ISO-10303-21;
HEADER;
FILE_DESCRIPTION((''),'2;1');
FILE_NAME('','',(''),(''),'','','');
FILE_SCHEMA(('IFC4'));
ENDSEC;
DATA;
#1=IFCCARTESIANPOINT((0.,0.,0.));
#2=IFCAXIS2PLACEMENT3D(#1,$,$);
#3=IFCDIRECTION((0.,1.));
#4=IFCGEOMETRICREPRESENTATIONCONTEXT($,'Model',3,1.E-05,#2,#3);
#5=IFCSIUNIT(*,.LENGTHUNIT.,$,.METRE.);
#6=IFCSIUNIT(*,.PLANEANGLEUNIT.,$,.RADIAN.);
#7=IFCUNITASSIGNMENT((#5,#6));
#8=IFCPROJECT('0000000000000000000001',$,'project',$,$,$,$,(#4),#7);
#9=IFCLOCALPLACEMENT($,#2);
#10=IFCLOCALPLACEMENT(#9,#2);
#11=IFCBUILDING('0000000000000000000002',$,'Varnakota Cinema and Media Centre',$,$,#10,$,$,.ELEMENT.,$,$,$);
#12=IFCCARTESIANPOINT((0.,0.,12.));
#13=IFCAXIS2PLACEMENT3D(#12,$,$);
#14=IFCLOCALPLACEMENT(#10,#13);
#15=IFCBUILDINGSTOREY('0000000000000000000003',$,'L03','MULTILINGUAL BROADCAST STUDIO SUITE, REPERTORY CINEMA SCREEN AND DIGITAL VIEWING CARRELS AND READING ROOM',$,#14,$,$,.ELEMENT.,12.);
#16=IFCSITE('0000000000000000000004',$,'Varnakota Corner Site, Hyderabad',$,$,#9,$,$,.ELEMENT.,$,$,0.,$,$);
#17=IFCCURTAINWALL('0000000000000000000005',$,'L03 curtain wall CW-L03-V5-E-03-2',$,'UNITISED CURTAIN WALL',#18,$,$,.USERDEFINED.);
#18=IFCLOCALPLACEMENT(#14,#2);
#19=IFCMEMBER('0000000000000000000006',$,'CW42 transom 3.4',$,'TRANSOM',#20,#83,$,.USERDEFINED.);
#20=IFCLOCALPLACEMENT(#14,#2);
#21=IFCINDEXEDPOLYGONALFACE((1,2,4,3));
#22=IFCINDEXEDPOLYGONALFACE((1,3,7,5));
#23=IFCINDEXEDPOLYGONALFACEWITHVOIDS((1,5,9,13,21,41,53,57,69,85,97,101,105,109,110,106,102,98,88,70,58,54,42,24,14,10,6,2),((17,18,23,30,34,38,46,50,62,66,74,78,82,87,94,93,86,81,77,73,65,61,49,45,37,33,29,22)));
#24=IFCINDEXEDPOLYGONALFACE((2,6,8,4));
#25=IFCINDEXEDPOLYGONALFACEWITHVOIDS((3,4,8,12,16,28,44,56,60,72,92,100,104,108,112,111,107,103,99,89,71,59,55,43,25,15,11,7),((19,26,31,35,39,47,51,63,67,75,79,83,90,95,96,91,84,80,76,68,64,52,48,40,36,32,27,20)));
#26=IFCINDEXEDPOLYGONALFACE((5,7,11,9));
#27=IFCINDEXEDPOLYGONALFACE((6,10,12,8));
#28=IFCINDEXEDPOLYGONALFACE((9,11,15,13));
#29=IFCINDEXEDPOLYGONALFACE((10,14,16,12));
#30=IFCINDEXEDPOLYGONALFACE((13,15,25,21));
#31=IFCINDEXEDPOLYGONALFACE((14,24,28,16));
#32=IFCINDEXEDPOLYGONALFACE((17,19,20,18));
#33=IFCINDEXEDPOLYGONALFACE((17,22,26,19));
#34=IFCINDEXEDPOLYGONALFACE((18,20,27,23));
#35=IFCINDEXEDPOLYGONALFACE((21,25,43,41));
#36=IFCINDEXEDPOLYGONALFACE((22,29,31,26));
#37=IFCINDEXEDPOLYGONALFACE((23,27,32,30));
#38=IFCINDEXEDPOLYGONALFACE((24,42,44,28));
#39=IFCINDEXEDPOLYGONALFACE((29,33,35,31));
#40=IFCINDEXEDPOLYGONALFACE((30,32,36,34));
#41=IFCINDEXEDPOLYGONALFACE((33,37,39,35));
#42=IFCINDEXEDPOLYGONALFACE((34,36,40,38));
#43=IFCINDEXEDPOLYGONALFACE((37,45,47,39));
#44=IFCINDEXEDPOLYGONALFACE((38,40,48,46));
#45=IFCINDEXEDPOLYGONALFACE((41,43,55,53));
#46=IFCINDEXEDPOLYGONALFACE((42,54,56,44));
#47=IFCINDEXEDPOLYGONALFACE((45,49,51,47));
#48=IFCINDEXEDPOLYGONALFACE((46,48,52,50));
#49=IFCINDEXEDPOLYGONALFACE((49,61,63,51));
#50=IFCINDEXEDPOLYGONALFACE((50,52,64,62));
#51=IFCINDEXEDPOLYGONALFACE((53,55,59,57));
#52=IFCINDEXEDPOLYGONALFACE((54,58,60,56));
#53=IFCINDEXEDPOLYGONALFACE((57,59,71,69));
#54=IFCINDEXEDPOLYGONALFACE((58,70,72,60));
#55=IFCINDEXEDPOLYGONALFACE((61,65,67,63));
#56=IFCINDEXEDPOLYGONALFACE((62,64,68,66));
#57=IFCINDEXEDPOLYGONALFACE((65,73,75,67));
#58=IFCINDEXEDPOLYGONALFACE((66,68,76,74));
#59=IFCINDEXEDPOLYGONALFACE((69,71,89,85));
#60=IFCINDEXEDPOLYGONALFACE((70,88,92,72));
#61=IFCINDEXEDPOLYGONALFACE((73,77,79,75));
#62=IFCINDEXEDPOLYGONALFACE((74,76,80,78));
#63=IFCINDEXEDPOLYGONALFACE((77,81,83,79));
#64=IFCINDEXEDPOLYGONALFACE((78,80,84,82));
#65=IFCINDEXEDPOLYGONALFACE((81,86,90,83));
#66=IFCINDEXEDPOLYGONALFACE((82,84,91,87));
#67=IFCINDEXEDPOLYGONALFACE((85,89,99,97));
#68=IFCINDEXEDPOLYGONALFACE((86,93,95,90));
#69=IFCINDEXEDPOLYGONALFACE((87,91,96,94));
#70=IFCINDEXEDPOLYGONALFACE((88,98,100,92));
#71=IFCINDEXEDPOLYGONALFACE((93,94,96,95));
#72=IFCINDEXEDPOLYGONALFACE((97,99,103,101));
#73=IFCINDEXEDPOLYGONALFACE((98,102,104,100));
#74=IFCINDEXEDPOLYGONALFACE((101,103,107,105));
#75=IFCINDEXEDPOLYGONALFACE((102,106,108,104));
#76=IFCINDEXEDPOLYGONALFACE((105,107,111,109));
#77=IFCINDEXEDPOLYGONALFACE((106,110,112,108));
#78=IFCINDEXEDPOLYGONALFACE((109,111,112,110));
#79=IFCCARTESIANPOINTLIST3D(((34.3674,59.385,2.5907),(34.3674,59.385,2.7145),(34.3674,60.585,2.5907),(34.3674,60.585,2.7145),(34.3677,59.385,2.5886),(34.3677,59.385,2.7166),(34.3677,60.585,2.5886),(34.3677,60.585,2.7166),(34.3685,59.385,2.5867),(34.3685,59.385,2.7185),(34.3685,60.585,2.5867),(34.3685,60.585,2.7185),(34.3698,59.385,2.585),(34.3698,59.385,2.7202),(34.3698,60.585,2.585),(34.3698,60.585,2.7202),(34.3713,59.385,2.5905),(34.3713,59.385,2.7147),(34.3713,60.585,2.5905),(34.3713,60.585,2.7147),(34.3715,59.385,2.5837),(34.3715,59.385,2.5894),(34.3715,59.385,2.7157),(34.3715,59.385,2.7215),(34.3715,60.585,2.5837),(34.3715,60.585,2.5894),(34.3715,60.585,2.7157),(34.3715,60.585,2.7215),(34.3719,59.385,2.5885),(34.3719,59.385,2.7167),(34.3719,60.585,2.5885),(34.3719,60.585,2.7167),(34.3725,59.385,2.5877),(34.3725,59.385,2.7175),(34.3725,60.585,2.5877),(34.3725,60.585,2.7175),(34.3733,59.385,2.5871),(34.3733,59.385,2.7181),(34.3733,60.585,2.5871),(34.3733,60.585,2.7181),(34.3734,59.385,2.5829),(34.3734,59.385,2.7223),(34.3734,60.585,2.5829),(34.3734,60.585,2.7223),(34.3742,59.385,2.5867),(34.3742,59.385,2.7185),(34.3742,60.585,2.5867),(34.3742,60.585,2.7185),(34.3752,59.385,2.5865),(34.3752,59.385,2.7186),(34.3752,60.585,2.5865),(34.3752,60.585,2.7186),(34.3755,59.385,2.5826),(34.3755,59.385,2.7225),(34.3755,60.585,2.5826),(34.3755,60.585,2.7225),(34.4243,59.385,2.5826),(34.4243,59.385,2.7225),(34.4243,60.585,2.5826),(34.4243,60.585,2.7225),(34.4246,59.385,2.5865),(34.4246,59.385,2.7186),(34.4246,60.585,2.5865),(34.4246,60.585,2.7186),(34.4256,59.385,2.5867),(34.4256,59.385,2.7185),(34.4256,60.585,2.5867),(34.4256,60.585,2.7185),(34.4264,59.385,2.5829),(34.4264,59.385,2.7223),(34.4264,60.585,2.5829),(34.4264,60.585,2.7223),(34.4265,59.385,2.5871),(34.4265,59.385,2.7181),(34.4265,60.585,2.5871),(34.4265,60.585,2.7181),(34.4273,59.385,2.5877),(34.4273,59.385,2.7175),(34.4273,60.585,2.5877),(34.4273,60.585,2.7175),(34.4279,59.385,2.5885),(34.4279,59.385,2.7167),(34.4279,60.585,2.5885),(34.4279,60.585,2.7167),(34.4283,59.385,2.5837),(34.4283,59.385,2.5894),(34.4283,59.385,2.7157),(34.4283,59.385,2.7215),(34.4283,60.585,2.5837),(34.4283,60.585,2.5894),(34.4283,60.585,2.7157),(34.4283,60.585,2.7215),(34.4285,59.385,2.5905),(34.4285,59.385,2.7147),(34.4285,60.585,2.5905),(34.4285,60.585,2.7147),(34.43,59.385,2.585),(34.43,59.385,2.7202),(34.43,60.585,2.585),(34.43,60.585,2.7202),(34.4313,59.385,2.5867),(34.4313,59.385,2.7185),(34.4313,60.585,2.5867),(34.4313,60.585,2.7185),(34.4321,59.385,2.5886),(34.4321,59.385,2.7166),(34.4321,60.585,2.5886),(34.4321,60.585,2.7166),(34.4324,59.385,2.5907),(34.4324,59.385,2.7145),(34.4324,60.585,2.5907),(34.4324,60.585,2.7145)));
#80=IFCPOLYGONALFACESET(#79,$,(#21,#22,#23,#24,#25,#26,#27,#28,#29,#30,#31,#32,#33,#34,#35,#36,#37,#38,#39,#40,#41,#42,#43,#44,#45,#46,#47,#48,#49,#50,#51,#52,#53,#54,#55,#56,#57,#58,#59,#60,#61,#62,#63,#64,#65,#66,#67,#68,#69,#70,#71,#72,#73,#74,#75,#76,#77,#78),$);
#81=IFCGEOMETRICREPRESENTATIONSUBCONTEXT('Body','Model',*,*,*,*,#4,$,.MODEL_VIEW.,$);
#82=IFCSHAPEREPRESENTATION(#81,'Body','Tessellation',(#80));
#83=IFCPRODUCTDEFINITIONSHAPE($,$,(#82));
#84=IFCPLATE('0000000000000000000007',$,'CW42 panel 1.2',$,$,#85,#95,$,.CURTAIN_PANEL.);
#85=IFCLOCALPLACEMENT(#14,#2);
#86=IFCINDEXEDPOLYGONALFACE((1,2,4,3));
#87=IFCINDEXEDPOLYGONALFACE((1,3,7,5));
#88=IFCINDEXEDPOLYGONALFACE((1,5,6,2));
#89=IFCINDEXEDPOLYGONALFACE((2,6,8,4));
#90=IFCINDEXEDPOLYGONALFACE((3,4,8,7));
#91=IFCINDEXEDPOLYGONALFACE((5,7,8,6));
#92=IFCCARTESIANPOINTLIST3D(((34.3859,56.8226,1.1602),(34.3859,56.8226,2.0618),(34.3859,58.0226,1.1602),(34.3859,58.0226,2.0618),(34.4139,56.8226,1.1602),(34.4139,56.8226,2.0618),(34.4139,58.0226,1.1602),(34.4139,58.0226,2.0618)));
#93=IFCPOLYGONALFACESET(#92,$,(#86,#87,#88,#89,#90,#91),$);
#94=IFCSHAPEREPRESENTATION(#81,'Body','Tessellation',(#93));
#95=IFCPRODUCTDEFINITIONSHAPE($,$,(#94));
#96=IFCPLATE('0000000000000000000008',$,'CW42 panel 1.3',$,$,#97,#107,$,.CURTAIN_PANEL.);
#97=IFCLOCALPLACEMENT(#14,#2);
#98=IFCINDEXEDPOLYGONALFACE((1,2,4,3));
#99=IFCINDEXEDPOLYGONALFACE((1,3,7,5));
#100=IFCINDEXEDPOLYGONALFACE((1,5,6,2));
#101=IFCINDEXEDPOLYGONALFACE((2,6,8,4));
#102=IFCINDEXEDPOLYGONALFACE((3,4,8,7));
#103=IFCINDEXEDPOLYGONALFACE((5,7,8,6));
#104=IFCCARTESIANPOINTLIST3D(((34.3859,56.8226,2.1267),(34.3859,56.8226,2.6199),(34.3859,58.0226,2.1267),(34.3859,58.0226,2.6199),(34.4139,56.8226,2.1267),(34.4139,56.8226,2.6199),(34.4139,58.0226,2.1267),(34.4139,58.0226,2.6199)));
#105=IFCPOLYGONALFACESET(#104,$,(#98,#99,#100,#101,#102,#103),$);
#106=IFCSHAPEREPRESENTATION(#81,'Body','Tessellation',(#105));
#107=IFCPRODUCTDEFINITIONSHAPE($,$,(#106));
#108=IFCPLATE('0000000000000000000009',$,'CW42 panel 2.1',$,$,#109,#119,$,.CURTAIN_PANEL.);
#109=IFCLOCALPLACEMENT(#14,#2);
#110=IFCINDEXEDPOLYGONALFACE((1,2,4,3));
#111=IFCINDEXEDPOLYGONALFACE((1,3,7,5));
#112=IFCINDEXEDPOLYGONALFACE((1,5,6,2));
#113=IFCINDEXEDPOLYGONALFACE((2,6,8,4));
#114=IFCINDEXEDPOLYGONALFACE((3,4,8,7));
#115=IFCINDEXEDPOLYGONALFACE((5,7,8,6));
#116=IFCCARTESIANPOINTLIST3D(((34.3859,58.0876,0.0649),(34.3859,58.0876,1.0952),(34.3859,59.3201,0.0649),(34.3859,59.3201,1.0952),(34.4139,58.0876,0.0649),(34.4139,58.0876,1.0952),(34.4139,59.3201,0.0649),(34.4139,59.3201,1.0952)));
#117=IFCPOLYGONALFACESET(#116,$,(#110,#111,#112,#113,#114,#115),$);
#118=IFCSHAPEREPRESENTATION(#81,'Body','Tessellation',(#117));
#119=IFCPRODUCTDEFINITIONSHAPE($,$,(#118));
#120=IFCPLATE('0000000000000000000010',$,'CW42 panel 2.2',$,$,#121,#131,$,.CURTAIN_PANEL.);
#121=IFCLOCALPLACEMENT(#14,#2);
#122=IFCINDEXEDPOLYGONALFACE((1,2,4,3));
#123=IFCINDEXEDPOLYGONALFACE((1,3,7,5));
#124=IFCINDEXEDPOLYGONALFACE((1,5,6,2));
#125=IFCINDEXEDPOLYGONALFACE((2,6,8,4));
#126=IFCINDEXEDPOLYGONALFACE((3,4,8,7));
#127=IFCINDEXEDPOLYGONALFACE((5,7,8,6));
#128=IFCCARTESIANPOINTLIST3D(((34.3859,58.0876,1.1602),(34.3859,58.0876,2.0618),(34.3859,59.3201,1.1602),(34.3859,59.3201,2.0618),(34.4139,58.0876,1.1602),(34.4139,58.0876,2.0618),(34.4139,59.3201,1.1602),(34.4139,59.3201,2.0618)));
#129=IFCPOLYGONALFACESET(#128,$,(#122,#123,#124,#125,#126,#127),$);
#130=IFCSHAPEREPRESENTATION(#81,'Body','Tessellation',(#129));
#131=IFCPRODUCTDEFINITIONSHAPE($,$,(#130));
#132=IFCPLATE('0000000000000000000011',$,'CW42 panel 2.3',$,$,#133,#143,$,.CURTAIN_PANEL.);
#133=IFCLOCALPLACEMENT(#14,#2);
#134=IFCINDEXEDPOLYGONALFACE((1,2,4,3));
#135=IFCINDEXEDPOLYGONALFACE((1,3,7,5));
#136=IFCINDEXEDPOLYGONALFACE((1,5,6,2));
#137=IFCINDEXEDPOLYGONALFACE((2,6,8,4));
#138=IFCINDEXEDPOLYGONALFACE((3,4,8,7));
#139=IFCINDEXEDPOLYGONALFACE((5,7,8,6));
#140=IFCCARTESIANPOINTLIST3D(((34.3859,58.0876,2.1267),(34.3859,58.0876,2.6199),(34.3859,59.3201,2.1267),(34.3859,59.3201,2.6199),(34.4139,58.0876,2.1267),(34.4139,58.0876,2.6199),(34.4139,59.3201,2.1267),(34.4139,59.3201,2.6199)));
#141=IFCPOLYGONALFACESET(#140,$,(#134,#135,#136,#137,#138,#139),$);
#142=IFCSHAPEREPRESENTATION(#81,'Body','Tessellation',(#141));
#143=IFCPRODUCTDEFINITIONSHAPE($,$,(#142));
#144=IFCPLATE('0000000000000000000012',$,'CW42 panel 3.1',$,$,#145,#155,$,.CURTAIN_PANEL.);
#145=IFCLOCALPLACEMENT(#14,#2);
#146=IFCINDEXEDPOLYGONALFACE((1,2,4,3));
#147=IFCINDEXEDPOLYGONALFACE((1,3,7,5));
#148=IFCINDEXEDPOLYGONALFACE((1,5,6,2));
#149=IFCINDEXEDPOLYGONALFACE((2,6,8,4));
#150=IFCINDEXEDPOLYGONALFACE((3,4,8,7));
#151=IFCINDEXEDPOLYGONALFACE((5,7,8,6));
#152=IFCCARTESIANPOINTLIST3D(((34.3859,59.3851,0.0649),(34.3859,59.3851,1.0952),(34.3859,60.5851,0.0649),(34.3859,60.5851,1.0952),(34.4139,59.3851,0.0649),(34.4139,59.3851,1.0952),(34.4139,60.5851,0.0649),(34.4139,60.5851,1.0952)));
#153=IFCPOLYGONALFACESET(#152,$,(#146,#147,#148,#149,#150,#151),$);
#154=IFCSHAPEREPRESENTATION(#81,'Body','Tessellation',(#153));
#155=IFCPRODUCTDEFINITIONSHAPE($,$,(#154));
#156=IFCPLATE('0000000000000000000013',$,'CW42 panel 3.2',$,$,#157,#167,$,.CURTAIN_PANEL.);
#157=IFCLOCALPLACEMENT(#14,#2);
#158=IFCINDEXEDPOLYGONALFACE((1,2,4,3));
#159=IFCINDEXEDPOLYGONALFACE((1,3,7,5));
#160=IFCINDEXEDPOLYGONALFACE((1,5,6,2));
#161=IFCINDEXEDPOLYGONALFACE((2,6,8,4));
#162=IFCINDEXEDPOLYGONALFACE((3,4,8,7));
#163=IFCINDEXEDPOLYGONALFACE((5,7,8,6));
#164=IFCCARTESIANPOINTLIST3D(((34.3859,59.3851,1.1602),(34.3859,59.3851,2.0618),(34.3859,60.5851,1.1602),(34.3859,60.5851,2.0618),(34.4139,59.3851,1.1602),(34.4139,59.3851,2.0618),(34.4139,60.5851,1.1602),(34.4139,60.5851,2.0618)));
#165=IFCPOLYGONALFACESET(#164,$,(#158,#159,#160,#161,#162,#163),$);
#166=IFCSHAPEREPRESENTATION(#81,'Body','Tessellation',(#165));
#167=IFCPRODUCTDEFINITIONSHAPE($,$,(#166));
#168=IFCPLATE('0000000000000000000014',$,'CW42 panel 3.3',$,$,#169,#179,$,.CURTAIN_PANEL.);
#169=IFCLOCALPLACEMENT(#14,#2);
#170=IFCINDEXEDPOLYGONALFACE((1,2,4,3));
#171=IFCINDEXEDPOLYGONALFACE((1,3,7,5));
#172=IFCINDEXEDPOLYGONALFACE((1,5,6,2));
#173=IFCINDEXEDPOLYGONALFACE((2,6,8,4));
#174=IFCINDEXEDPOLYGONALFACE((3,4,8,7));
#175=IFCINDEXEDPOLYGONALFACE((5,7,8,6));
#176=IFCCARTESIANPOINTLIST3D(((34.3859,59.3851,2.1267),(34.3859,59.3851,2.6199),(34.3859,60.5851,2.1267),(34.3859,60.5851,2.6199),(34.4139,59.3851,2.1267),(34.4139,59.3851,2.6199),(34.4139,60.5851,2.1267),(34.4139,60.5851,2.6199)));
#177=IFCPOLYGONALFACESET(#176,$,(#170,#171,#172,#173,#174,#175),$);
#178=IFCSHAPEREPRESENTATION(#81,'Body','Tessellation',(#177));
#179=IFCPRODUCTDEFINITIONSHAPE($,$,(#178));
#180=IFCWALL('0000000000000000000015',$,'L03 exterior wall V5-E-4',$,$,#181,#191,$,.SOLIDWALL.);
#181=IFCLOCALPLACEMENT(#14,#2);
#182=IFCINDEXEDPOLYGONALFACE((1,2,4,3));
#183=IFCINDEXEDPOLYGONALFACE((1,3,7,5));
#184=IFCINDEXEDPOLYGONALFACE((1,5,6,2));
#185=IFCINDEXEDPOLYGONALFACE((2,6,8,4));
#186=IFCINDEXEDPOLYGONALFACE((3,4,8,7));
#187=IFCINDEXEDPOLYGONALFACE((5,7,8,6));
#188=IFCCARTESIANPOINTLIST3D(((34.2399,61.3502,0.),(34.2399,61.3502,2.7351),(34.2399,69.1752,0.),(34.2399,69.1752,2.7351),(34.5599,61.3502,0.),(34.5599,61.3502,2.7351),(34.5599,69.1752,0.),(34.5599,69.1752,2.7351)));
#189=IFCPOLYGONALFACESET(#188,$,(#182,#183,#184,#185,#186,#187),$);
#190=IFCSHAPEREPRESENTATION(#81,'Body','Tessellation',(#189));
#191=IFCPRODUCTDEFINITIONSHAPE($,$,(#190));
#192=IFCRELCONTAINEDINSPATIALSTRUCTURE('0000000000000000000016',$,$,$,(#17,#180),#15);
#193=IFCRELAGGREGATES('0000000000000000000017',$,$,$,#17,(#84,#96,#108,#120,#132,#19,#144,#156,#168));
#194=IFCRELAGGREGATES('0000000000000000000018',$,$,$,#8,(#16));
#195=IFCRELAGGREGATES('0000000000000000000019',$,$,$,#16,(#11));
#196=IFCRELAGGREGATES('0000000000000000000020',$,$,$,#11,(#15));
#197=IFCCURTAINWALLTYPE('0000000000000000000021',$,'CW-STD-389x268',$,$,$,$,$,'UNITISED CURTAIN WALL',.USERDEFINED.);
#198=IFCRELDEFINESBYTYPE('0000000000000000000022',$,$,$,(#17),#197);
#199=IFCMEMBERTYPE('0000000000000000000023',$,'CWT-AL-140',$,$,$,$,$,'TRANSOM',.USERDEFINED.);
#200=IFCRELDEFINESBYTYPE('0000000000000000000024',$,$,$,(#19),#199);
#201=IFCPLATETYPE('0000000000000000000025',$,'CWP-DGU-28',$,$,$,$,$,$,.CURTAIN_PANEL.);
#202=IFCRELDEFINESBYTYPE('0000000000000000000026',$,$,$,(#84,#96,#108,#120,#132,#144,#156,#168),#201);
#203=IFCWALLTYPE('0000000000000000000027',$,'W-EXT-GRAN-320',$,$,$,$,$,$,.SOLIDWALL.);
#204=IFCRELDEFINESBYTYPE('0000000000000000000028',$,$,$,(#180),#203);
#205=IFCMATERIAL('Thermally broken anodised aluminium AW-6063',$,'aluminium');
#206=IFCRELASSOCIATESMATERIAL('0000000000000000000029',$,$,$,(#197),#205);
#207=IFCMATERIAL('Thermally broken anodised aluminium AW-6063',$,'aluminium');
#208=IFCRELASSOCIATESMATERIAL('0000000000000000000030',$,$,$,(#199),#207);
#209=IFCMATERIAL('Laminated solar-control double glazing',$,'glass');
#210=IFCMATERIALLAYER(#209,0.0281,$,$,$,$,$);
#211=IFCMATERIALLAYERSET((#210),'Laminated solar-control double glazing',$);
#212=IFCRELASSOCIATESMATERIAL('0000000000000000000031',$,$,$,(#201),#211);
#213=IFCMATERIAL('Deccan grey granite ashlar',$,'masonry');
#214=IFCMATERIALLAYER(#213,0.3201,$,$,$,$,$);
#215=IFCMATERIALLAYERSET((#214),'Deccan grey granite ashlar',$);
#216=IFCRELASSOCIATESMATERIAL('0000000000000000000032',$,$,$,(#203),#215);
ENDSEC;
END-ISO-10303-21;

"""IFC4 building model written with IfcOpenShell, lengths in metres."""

from ifc_helpers import new_model, si_unit, direction, frame, frame_2d, origin, origin_2d, place, context, subcontext, project, spatial, rectangle, hollow_rectangle, extrude, material, layer, layer_set, material_profile, profile_set, type_object, element, aggregate, save


model = new_model("IFC4")

# Units and contexts
model_context = context("Model", 3, precision=1e-05, world=origin(), true_north=direction((0.0, 1.0)))
body_context = subcontext(model_context, "Body", "Model", "MODEL_VIEW")
ifc_project = project(units=[si_unit("LENGTHUNIT", "METRE"), si_unit("PLANEANGLEUNIT", "RADIAN")], contexts=[model_context])

# Site, building, storey
site_placement = place(None, origin())
site = spatial("IfcSite", under=ifc_project, at=site_placement, Name="Varnakota Corner Site, Hyderabad", CompositionType="ELEMENT", RefElevation=0.0)
building_placement = place(site_placement, origin())
building = spatial("IfcBuilding", under=site, at=building_placement, Name="Varnakota Cinema and Media Centre", CompositionType="ELEMENT")
storey_placement = place(building_placement, frame((0.0, 0.0, 12.0)))
storey = spatial("IfcBuildingStorey", under=building, at=storey_placement, Name="L03", Description="MULTILINGUAL BROADCAST STUDIO SUITE, REPERTORY CINEMA SCREEN AND DIGITAL VIEWING CARRELS AND READING ROOM", CompositionType="ELEMENT", Elevation=12.0)

# Curtain wall
ifc_material_1 = material(Name="Thermally broken anodised aluminium AW-6063", Category="aluminium")
curtain_wall_type_1 = type_object("IfcCurtainWallType", Name="CW-STD-389x268", ElementType="UNITISED CURTAIN WALL", PredefinedType="USERDEFINED", material=ifc_material_1)
curtain_wall_1_placement = place(storey_placement, origin())
curtain_wall_1 = element("IfcCurtainWall", 1, at=curtain_wall_1_placement, inside=storey, type_object=curtain_wall_type_1, Name="L03 curtain wall CW-L03-V5-E-03-2", ObjectType="UNITISED CURTAIN WALL", PredefinedType="USERDEFINED")

# Member
ifc_material_2 = material(Name="Thermally broken anodised aluminium AW-6063", Category="aluminium")
ifc_material_profile_1 = material_profile(ifc_material_2, hollow_rectangle(XDim=0.0649, YDim=0.1399, WallThickness=0.0039, InnerFilletRadius=0.0039, OuterFilletRadius=0.0081, at=origin_2d()), Name="AL-TRANSOM 140x65x4")
ifc_profile_set_1 = profile_set([ifc_material_profile_1], Name="Thermally broken anodised aluminium AW-6063")
member_type_1 = type_object("IfcMemberType", Name="CWT-AL-140", ElementType="TRANSOM", PredefinedType="USERDEFINED", material=ifc_profile_set_1)
member_1_placement = place(storey_placement, frame((34.3999, 59.385, 2.6526), z_axis=(0.0, 1.0, 0.0), x_axis=(-1.0, 0.0, 0.0)))
member_1 = element("IfcMember", 2, at=member_1_placement, type_object=member_type_1, Name="CW42 transom 3.4", ObjectType="TRANSOM", PredefinedType="USERDEFINED", context=body_context, shape_type="SweptSolid", body=[
    extrude(hollow_rectangle(XDim=0.0649, YDim=0.1399, WallThickness=0.0039, InnerFilletRadius=0.0039, OuterFilletRadius=0.0081, at=origin_2d()), origin(), (0.0, 0.0, 1.0), 1.2),
])

# Plates
ifc_material_3 = material(Name="Laminated solar-control double glazing", Category="glass")
ifc_layer_1 = layer(ifc_material_3, 0.0281)
ifc_layer_set_1 = layer_set([ifc_layer_1], Name="Laminated solar-control double glazing")
plate_type = type_object("IfcPlateType", Name="CWP-DGU-28", PredefinedType="CURTAIN_PANEL", material=ifc_layer_set_1)
plate_1_placement = place(storey_placement, frame((34.3999, 57.4226, 1.1602), z_axis=(0.0, 0.0, 1.0), x_axis=(0.0, 1.0, 0.0)))
plate_1 = element("IfcPlate", 3, at=plate_1_placement, type_object=plate_type, Name="CW42 panel 1.2", PredefinedType="CURTAIN_PANEL", context=body_context, shape_type="SweptSolid", body=[
    extrude(rectangle(XDim=1.2, YDim=0.0281, at=origin_2d()), origin(), (0.0, 0.0, 1.0), 0.9016),
])
plate_2_placement = place(storey_placement, frame((34.3999, 57.4226, 2.1267), z_axis=(0.0, 0.0, 1.0), x_axis=(0.0, 1.0, 0.0)))
plate_2 = element("IfcPlate", 4, at=plate_2_placement, type_object=plate_type, Name="CW42 panel 1.3", PredefinedType="CURTAIN_PANEL", context=body_context, shape_type="SweptSolid", body=[
    extrude(rectangle(XDim=1.2, YDim=0.0281, at=origin_2d()), origin(), (0.0, 0.0, 1.0), 0.4932),
])
plate_3_placement = place(storey_placement, frame((34.3999, 58.7039, 0.0649), z_axis=(0.0, 0.0, 1.0), x_axis=(0.0, 1.0, 0.0)))
plate_3 = element("IfcPlate", 5, at=plate_3_placement, type_object=plate_type, Name="CW42 panel 2.1", PredefinedType="CURTAIN_PANEL", context=body_context, shape_type="SweptSolid", body=[
    extrude(rectangle(XDim=1.2324, YDim=0.0281, at=origin_2d()), origin(), (0.0, 0.0, 1.0), 1.0303),
])
plate_4_placement = place(storey_placement, frame((34.3999, 58.7039, 1.1602), z_axis=(0.0, 0.0, 1.0), x_axis=(0.0, 1.0, 0.0)))
plate_4 = element("IfcPlate", 6, at=plate_4_placement, type_object=plate_type, Name="CW42 panel 2.2", PredefinedType="CURTAIN_PANEL", context=body_context, shape_type="SweptSolid", body=[
    extrude(rectangle(XDim=1.2324, YDim=0.0281, at=origin_2d()), origin(), (0.0, 0.0, 1.0), 0.9016),
])
plate_5_placement = place(storey_placement, frame((34.3999, 58.7039, 2.1267), z_axis=(0.0, 0.0, 1.0), x_axis=(0.0, 1.0, 0.0)))
plate_5 = element("IfcPlate", 7, at=plate_5_placement, type_object=plate_type, Name="CW42 panel 2.3", PredefinedType="CURTAIN_PANEL", context=body_context, shape_type="SweptSolid", body=[
    extrude(rectangle(XDim=1.2324, YDim=0.0281, at=origin_2d()), origin(), (0.0, 0.0, 1.0), 0.4932),
])
plate_6_placement = place(storey_placement, frame((34.3999, 59.9851, 0.0649), z_axis=(0.0, 0.0, 1.0), x_axis=(0.0, 1.0, 0.0)))
plate_6 = element("IfcPlate", 8, at=plate_6_placement, type_object=plate_type, Name="CW42 panel 3.1", PredefinedType="CURTAIN_PANEL", context=body_context, shape_type="SweptSolid", body=[
    extrude(rectangle(XDim=1.2, YDim=0.0281, at=origin_2d()), origin(), (0.0, 0.0, 1.0), 1.0303),
])
plate_7_placement = place(storey_placement, frame((34.3999, 59.9851, 1.1602), z_axis=(0.0, 0.0, 1.0), x_axis=(0.0, 1.0, 0.0)))
plate_7 = element("IfcPlate", 9, at=plate_7_placement, type_object=plate_type, Name="CW42 panel 3.2", PredefinedType="CURTAIN_PANEL", context=body_context, shape_type="SweptSolid", body=[
    extrude(rectangle(XDim=1.2, YDim=0.0281, at=origin_2d()), origin(), (0.0, 0.0, 1.0), 0.9016),
])
plate_8_placement = place(storey_placement, frame((34.3999, 59.9851, 2.1267), z_axis=(0.0, 0.0, 1.0), x_axis=(0.0, 1.0, 0.0)))
plate_8 = element("IfcPlate", 10, at=plate_8_placement, type_object=plate_type, Name="CW42 panel 3.3", PredefinedType="CURTAIN_PANEL", context=body_context, shape_type="SweptSolid", body=[
    extrude(rectangle(XDim=1.2, YDim=0.0281, at=origin_2d()), origin(), (0.0, 0.0, 1.0), 0.4932),
])
aggregate(curtain_wall_1, [plate_1, plate_2, plate_3, plate_4, plate_5, member_1, plate_6, plate_7, plate_8])

# Wall
ifc_material_4 = material(Name="Deccan grey granite ashlar", Category="masonry")
ifc_layer_2 = layer(ifc_material_4, 0.3201)
ifc_layer_set_2 = layer_set([ifc_layer_2], Name="Deccan grey granite ashlar")
wall_type = type_object("IfcWallType", Name="W-EXT-GRAN-320", PredefinedType="SOLIDWALL", material=ifc_layer_set_2)
wall_placement = place(storey_placement, frame((34.3999, 61.3501, 0.0), z_axis=(0.0, 0.0, 1.0), x_axis=(0.0, 1.0, 0.0)))
element("IfcWall", 11, at=wall_placement, inside=storey, type_object=wall_type, Name="L03 exterior wall V5-E-4", PredefinedType="SOLIDWALL", context=body_context, shape_type="SweptSolid", body=[
    extrude(rectangle(XDim=7.825, YDim=0.3201, at=frame_2d((3.9126, 0.0))), origin(), (0.0, 0.0, 1.0), 2.7351),
])

save(model, "model.ifc")
